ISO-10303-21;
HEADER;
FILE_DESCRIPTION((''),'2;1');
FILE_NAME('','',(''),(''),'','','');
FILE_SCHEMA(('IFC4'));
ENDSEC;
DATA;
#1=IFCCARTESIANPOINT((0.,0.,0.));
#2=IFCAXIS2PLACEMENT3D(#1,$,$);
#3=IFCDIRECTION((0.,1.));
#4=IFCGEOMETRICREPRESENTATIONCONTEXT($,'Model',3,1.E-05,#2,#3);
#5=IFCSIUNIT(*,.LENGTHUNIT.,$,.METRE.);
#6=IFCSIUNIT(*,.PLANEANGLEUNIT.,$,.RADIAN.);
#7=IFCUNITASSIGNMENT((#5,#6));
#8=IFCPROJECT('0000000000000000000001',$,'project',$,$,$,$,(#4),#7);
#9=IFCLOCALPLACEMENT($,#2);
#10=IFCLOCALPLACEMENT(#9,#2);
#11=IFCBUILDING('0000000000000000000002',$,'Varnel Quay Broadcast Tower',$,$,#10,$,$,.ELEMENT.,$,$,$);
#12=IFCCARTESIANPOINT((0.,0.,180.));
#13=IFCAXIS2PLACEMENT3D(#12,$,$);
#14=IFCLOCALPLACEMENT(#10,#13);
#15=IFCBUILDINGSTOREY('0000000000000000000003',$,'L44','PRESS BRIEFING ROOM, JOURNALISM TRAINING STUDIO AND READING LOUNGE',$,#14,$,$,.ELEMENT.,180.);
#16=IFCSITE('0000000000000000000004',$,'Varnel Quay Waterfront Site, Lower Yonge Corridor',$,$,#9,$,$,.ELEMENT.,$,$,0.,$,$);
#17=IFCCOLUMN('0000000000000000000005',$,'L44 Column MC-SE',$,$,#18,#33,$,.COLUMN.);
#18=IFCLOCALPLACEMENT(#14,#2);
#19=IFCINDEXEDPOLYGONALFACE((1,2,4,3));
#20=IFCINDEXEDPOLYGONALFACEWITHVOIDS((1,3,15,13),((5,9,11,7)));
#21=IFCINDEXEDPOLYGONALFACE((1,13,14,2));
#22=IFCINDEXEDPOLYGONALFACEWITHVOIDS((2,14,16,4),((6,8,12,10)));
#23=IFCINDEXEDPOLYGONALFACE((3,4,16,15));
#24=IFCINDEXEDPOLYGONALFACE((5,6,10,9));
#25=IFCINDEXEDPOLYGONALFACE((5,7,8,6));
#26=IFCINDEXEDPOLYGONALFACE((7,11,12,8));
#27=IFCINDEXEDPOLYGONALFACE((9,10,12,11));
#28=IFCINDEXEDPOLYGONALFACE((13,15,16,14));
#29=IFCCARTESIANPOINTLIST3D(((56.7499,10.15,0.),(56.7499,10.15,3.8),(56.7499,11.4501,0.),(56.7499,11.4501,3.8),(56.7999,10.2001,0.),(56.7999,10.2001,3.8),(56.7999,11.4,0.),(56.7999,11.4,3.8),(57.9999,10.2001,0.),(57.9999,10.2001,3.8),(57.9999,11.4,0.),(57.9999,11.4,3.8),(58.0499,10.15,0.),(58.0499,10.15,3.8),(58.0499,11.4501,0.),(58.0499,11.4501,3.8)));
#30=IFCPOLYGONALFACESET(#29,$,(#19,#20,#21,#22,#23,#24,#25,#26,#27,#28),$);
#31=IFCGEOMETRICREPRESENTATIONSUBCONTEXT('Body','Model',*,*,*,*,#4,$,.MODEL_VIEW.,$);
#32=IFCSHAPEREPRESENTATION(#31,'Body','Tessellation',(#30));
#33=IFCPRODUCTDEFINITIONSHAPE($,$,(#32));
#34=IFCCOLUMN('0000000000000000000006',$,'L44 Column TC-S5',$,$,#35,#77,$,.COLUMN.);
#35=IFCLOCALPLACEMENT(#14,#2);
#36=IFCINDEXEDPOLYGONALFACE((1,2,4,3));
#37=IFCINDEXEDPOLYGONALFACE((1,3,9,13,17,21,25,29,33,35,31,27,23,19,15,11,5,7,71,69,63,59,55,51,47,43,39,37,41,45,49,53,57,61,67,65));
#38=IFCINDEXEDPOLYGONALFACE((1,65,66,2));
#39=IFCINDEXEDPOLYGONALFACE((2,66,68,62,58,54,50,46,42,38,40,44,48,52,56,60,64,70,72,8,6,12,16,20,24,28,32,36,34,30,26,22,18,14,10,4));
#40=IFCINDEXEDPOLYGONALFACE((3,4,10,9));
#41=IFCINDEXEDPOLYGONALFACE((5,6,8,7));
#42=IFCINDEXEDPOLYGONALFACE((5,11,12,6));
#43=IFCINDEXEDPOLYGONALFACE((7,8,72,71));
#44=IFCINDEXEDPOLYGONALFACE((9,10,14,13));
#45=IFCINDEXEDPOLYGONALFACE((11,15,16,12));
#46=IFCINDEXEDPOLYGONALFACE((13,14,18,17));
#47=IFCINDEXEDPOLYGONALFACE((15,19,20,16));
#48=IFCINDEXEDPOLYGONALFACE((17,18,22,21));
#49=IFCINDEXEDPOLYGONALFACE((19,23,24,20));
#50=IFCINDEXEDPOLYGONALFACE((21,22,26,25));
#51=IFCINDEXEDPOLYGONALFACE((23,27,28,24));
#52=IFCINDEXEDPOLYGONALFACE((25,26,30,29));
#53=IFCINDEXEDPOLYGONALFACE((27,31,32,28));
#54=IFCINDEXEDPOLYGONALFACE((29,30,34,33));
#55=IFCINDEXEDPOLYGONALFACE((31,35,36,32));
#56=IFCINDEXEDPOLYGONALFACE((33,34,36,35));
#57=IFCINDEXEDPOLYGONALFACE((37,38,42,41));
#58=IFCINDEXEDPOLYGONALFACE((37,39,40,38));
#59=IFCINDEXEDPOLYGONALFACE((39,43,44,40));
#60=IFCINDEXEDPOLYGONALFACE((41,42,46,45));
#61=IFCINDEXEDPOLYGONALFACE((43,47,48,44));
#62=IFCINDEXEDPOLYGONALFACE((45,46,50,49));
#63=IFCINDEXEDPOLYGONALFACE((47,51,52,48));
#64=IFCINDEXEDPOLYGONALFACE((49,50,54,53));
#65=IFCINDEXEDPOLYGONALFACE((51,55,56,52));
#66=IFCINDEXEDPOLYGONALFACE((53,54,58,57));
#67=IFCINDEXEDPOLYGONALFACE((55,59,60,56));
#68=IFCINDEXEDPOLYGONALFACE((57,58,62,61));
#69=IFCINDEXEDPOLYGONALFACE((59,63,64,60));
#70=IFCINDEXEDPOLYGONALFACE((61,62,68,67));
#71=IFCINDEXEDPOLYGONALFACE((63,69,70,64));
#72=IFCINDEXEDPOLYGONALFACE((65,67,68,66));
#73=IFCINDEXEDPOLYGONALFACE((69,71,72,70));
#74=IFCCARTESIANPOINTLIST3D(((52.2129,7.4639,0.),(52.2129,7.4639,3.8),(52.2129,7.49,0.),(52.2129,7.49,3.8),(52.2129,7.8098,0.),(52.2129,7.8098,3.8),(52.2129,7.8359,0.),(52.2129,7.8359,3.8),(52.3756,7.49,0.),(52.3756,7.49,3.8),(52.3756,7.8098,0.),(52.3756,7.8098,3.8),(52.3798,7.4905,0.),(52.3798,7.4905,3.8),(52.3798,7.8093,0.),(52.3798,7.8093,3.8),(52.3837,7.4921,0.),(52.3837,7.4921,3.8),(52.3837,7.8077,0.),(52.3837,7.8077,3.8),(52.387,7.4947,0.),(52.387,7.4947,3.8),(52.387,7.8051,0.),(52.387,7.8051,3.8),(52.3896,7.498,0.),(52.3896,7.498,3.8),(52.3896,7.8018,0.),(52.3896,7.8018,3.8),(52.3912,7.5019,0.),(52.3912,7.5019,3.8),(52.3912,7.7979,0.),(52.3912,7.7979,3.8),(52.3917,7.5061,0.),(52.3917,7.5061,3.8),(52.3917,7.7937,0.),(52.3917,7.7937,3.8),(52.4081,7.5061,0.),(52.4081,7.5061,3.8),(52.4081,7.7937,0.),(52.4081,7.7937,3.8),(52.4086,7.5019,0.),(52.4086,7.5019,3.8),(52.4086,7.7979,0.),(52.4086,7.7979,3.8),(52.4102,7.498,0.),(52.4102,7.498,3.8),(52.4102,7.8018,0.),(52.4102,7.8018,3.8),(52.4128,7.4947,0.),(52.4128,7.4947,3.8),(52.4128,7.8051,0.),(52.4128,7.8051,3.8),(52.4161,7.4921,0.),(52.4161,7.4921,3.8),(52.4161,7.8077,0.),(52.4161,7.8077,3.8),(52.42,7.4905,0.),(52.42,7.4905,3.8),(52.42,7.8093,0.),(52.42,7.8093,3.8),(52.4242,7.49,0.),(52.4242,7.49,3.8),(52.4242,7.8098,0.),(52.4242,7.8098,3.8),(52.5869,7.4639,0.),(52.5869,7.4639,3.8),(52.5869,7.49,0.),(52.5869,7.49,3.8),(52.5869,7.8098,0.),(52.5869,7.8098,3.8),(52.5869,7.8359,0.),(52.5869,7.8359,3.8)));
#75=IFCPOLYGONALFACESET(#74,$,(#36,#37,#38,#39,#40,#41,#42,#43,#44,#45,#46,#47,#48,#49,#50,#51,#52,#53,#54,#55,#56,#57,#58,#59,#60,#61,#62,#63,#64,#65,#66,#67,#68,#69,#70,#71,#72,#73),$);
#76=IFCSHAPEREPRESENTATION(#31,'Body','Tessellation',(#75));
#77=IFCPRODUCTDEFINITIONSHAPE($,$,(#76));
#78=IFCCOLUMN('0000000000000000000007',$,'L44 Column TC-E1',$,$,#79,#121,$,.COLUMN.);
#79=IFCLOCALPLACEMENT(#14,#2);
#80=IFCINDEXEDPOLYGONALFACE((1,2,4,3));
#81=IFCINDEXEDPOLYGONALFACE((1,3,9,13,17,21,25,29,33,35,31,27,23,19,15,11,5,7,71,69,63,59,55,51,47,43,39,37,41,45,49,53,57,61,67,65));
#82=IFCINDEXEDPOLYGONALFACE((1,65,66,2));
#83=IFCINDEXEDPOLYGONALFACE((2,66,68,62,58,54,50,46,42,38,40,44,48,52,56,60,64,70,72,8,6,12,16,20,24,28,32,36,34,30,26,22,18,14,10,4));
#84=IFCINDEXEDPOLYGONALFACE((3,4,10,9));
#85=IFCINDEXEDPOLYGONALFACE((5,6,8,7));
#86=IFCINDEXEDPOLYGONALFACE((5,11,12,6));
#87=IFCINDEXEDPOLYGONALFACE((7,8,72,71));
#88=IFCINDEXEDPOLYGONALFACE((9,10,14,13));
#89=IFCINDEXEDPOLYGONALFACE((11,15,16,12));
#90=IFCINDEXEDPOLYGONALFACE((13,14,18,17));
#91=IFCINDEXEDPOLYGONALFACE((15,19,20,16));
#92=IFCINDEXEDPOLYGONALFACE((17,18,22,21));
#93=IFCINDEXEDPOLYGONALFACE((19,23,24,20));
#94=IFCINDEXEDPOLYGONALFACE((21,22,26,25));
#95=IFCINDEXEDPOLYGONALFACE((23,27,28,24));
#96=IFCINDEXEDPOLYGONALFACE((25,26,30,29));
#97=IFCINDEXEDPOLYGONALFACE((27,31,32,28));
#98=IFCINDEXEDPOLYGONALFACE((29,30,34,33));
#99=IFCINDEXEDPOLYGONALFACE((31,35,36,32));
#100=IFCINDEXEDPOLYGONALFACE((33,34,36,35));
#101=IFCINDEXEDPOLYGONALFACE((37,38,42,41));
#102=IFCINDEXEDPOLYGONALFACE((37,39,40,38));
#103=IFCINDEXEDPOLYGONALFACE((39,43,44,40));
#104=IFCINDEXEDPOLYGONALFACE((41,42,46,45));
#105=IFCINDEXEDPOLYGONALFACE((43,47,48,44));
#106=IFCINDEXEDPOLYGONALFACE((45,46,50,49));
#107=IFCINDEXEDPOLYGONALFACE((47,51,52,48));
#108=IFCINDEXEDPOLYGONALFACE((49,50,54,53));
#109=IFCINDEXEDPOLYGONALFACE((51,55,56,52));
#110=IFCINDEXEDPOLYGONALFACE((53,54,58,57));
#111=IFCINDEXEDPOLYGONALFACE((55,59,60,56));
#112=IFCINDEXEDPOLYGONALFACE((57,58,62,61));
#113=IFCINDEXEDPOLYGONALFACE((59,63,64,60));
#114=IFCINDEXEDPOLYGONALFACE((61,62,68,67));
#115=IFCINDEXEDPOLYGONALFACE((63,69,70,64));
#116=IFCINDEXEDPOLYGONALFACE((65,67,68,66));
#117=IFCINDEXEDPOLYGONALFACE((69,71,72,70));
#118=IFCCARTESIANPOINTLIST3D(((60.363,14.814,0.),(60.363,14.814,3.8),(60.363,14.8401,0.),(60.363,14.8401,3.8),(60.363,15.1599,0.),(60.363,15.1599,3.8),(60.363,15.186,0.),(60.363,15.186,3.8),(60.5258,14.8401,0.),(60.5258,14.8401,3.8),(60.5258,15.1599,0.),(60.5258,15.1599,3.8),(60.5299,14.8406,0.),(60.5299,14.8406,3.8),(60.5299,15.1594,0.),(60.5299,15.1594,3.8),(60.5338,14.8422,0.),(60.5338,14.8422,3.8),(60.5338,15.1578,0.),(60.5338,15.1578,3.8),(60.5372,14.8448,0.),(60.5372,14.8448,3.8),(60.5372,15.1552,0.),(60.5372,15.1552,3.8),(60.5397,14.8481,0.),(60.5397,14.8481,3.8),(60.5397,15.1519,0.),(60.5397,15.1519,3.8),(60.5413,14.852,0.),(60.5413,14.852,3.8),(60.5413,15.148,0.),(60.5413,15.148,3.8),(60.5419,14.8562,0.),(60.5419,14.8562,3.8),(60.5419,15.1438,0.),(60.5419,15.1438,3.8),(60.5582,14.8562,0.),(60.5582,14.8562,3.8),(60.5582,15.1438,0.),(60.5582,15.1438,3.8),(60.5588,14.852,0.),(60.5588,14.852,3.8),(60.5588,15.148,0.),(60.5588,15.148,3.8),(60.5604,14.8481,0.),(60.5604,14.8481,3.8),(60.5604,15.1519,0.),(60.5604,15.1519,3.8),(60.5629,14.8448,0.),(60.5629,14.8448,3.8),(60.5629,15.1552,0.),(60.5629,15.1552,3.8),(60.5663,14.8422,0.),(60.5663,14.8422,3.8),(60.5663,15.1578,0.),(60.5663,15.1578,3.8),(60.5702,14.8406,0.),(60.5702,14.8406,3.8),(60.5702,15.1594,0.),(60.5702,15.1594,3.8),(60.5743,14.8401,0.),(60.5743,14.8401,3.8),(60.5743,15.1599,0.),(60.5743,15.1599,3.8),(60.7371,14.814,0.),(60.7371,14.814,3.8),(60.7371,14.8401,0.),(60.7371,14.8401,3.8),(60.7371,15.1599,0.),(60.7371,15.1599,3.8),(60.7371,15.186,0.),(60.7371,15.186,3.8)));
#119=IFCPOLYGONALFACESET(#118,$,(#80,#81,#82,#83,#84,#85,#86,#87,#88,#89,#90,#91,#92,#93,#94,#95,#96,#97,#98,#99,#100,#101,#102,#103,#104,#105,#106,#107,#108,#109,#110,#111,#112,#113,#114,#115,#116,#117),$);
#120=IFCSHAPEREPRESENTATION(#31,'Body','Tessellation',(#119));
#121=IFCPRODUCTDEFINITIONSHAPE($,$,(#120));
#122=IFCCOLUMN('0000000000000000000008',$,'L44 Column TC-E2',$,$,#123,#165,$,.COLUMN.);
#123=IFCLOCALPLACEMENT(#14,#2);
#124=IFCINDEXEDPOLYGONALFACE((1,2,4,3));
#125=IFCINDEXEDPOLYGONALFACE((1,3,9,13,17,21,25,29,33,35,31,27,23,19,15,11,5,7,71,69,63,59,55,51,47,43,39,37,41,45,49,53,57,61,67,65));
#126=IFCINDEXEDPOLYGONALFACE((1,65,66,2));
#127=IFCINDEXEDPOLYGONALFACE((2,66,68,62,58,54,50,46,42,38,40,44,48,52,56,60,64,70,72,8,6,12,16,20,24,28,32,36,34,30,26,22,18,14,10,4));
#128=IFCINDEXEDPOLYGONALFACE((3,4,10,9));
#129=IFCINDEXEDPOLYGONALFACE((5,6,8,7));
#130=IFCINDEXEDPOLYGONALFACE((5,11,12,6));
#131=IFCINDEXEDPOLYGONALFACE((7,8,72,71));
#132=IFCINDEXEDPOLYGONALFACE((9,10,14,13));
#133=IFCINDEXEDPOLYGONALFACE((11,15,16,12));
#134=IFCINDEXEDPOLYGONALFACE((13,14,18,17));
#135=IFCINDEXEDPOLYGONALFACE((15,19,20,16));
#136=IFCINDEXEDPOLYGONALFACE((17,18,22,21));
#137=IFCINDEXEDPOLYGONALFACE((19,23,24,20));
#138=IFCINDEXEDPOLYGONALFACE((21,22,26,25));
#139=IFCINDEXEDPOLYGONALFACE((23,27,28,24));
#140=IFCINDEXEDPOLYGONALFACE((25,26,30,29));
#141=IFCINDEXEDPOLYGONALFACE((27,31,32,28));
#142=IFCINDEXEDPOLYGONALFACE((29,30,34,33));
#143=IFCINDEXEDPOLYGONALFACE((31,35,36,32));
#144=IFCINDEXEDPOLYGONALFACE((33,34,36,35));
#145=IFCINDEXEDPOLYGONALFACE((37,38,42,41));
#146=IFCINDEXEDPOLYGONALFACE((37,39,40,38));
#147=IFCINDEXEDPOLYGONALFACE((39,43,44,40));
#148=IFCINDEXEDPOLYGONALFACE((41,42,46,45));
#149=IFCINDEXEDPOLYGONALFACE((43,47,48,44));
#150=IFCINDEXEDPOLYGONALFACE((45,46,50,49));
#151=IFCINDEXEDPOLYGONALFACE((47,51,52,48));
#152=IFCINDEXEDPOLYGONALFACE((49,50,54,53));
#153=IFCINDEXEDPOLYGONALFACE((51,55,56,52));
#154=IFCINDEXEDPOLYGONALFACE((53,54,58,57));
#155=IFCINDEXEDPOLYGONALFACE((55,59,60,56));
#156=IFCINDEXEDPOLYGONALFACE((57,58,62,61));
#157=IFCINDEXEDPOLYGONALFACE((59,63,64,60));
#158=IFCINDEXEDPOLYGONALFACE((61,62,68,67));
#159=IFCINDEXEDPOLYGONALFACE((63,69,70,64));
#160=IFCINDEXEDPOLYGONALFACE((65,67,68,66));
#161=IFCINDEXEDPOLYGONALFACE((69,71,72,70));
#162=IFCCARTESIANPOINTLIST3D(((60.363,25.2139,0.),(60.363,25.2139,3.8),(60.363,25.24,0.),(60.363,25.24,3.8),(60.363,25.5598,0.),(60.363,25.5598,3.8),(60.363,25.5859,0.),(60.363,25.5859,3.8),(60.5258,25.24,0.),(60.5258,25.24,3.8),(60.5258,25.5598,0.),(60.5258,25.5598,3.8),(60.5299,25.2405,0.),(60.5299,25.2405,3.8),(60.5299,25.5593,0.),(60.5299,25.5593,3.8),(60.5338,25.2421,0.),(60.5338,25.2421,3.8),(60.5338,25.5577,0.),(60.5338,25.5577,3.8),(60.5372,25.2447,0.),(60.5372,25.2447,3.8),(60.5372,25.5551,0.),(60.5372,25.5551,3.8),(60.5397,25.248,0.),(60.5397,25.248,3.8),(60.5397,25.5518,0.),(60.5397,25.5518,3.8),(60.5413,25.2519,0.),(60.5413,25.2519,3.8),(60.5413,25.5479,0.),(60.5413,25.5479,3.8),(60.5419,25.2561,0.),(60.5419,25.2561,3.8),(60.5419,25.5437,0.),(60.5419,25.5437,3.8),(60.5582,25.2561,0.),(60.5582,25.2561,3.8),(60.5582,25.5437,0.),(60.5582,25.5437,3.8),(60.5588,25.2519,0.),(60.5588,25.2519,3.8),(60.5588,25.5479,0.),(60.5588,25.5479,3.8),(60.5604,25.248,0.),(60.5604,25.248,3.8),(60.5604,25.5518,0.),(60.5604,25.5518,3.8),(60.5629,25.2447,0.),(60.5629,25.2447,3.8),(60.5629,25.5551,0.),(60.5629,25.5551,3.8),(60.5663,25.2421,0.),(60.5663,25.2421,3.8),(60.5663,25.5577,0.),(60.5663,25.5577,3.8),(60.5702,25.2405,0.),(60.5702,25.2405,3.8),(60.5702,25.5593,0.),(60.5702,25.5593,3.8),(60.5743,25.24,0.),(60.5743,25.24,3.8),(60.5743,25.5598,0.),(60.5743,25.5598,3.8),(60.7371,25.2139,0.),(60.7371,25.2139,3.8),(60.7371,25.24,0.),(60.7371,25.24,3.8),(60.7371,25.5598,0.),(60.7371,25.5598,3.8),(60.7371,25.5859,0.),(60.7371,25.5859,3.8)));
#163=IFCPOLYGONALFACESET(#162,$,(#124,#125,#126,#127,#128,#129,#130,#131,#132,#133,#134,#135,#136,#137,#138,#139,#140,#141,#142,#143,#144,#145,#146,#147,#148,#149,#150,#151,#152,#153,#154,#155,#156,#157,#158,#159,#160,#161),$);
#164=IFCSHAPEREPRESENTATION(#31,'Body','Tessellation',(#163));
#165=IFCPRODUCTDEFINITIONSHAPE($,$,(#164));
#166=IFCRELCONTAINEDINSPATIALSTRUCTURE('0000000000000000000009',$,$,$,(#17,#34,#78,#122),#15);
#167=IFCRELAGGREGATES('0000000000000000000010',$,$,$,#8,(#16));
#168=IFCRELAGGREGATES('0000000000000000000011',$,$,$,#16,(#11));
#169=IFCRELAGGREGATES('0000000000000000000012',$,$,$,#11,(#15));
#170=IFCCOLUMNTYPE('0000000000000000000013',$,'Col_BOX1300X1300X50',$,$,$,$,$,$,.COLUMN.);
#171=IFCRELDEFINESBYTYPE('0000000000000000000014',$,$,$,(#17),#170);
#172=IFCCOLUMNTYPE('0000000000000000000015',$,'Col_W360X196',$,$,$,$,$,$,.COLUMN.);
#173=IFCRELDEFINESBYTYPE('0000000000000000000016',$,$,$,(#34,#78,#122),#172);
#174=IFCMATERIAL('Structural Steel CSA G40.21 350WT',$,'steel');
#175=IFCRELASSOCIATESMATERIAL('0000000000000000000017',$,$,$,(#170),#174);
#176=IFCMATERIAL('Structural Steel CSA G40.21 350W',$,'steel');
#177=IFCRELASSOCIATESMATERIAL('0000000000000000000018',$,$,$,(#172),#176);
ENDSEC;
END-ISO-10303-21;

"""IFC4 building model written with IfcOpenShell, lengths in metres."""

from ifc_helpers import new_model, si_unit, direction, frame, origin, origin_2d, place, context, subcontext, project, spatial, hollow_rectangle, i_section, extrude, source, transform, mapped, material, material_profile, profile_set, type_object, type_shapes, element, save


model = new_model("IFC4")

# Units and contexts
model_context = context("Model", 3, precision=1e-05, world=origin(), true_north=direction((0.0, 1.0)))
body_context = subcontext(model_context, "Body", "Model", "MODEL_VIEW")
ifc_project = project(units=[si_unit("LENGTHUNIT", "METRE"), si_unit("PLANEANGLEUNIT", "RADIAN")], contexts=[model_context])

# Site, building, storey
site_placement = place(None, origin())
site = spatial("IfcSite", under=ifc_project, at=site_placement, Name="Varnel Quay Waterfront Site, Lower Yonge Corridor", CompositionType="ELEMENT", RefElevation=0.0)
building_placement = place(site_placement, origin())
building = spatial("IfcBuilding", under=site, at=building_placement, Name="Varnel Quay Broadcast Tower", CompositionType="ELEMENT")
storey_placement = place(building_placement, frame((0.0, 0.0, 180.0)))
storey = spatial("IfcBuildingStorey", under=building, at=storey_placement, Name="L44", Description="PRESS BRIEFING ROOM, JOURNALISM TRAINING STUDIO AND READING LOUNGE", CompositionType="ELEMENT", Elevation=180.0)

# Columns
ifc_material_1 = material(Name="Structural Steel CSA G40.21 350WT", Category="steel")
ifc_material_profile_1 = material_profile(ifc_material_1, hollow_rectangle(XDim=1.3, YDim=1.3, WallThickness=0.05, at=origin_2d()), Name="BOX1300X1300X50")
ifc_profile_set_1 = profile_set([ifc_material_profile_1], Name="Structural Steel CSA G40.21 350WT")
column_type_1 = type_object("IfcColumnType", Name="Col_BOX1300X1300X50", PredefinedType="COLUMN", material=ifc_profile_set_1)
shared_shape_1 = source(origin(), body_context, "Body", "SweptSolid", [
    extrude(hollow_rectangle(XDim=1.3, YDim=1.3, WallThickness=0.05, at=origin_2d()), origin(), (0.0, 0.0, 1.0), 3.8),
])
type_shapes(column_type_1, [shared_shape_1])
column_placement = place(storey_placement, frame((57.3999, 10.8, 0.0), z_axis=(0.0, 0.0, 1.0), x_axis=(1.0, 0.0, 0.0)))
element("IfcColumn", 1, at=column_placement, inside=storey, type_object=column_type_1, Name="L44 Column MC-SE", PredefinedType="COLUMN", context=body_context, shape_type="MappedRepresentation", body=[
    mapped(shared_shape_1, transform((0.0, 0.0, 0.0), x_axis=(1.0, 0.0, 0.0), y_axis=(0.0, 1.0, 0.0), z_axis=(0.0, 0.0, 1.0), scale=1.0)),
])
ifc_material_2 = material(Name="Structural Steel CSA G40.21 350W", Category="steel")
ifc_material_profile_2 = material_profile(ifc_material_2, i_section(OverallWidth=0.374, OverallDepth=0.3721, WebThickness=0.0164, FlangeThickness=0.0261, FilletRadius=0.0161, at=origin_2d()), Name="W360X196")
ifc_profile_set_2 = profile_set([ifc_material_profile_2], Name="Structural Steel CSA G40.21 350W")
column_type_2 = type_object("IfcColumnType", Name="Col_W360X196", PredefinedType="COLUMN", material=ifc_profile_set_2)
shared_shape_2 = source(origin(), body_context, "Body", "SweptSolid", [
    extrude(i_section(OverallWidth=0.374, OverallDepth=0.3721, WebThickness=0.0164, FlangeThickness=0.0261, FilletRadius=0.0161, at=origin_2d()), origin(), (0.0, 0.0, 1.0), 3.8),
])
type_shapes(column_type_2, [shared_shape_2])
for number, where, z_axis, x_axis, name in (
    (2, (52.3999, 7.6499, 0.0), (0.0, 0.0, 1.0), (1.0, 0.0, 0.0), "L44 Column TC-S5"),
    (3, (60.55, 15.0, 0.0), (0.0, 0.0, 1.0), (1.0, 0.0, 0.0), "L44 Column TC-E1"),
    (4, (60.55, 25.3999, 0.0), (0.0, 0.0, 1.0), (1.0, 0.0, 0.0), "L44 Column TC-E2"),
):
    element("IfcColumn", number, at=place(storey_placement, frame(where, z_axis=z_axis, x_axis=x_axis)), inside=storey, type_object=column_type_2, Name=name, PredefinedType="COLUMN", context=body_context, shape_type="MappedRepresentation", body=[
        mapped(shared_shape_2, transform((0.0, 0.0, 0.0), x_axis=(1.0, 0.0, 0.0), y_axis=(0.0, 1.0, 0.0), z_axis=(0.0, 0.0, 1.0), scale=1.0)),
    ])

save(model, "model.ifc")
